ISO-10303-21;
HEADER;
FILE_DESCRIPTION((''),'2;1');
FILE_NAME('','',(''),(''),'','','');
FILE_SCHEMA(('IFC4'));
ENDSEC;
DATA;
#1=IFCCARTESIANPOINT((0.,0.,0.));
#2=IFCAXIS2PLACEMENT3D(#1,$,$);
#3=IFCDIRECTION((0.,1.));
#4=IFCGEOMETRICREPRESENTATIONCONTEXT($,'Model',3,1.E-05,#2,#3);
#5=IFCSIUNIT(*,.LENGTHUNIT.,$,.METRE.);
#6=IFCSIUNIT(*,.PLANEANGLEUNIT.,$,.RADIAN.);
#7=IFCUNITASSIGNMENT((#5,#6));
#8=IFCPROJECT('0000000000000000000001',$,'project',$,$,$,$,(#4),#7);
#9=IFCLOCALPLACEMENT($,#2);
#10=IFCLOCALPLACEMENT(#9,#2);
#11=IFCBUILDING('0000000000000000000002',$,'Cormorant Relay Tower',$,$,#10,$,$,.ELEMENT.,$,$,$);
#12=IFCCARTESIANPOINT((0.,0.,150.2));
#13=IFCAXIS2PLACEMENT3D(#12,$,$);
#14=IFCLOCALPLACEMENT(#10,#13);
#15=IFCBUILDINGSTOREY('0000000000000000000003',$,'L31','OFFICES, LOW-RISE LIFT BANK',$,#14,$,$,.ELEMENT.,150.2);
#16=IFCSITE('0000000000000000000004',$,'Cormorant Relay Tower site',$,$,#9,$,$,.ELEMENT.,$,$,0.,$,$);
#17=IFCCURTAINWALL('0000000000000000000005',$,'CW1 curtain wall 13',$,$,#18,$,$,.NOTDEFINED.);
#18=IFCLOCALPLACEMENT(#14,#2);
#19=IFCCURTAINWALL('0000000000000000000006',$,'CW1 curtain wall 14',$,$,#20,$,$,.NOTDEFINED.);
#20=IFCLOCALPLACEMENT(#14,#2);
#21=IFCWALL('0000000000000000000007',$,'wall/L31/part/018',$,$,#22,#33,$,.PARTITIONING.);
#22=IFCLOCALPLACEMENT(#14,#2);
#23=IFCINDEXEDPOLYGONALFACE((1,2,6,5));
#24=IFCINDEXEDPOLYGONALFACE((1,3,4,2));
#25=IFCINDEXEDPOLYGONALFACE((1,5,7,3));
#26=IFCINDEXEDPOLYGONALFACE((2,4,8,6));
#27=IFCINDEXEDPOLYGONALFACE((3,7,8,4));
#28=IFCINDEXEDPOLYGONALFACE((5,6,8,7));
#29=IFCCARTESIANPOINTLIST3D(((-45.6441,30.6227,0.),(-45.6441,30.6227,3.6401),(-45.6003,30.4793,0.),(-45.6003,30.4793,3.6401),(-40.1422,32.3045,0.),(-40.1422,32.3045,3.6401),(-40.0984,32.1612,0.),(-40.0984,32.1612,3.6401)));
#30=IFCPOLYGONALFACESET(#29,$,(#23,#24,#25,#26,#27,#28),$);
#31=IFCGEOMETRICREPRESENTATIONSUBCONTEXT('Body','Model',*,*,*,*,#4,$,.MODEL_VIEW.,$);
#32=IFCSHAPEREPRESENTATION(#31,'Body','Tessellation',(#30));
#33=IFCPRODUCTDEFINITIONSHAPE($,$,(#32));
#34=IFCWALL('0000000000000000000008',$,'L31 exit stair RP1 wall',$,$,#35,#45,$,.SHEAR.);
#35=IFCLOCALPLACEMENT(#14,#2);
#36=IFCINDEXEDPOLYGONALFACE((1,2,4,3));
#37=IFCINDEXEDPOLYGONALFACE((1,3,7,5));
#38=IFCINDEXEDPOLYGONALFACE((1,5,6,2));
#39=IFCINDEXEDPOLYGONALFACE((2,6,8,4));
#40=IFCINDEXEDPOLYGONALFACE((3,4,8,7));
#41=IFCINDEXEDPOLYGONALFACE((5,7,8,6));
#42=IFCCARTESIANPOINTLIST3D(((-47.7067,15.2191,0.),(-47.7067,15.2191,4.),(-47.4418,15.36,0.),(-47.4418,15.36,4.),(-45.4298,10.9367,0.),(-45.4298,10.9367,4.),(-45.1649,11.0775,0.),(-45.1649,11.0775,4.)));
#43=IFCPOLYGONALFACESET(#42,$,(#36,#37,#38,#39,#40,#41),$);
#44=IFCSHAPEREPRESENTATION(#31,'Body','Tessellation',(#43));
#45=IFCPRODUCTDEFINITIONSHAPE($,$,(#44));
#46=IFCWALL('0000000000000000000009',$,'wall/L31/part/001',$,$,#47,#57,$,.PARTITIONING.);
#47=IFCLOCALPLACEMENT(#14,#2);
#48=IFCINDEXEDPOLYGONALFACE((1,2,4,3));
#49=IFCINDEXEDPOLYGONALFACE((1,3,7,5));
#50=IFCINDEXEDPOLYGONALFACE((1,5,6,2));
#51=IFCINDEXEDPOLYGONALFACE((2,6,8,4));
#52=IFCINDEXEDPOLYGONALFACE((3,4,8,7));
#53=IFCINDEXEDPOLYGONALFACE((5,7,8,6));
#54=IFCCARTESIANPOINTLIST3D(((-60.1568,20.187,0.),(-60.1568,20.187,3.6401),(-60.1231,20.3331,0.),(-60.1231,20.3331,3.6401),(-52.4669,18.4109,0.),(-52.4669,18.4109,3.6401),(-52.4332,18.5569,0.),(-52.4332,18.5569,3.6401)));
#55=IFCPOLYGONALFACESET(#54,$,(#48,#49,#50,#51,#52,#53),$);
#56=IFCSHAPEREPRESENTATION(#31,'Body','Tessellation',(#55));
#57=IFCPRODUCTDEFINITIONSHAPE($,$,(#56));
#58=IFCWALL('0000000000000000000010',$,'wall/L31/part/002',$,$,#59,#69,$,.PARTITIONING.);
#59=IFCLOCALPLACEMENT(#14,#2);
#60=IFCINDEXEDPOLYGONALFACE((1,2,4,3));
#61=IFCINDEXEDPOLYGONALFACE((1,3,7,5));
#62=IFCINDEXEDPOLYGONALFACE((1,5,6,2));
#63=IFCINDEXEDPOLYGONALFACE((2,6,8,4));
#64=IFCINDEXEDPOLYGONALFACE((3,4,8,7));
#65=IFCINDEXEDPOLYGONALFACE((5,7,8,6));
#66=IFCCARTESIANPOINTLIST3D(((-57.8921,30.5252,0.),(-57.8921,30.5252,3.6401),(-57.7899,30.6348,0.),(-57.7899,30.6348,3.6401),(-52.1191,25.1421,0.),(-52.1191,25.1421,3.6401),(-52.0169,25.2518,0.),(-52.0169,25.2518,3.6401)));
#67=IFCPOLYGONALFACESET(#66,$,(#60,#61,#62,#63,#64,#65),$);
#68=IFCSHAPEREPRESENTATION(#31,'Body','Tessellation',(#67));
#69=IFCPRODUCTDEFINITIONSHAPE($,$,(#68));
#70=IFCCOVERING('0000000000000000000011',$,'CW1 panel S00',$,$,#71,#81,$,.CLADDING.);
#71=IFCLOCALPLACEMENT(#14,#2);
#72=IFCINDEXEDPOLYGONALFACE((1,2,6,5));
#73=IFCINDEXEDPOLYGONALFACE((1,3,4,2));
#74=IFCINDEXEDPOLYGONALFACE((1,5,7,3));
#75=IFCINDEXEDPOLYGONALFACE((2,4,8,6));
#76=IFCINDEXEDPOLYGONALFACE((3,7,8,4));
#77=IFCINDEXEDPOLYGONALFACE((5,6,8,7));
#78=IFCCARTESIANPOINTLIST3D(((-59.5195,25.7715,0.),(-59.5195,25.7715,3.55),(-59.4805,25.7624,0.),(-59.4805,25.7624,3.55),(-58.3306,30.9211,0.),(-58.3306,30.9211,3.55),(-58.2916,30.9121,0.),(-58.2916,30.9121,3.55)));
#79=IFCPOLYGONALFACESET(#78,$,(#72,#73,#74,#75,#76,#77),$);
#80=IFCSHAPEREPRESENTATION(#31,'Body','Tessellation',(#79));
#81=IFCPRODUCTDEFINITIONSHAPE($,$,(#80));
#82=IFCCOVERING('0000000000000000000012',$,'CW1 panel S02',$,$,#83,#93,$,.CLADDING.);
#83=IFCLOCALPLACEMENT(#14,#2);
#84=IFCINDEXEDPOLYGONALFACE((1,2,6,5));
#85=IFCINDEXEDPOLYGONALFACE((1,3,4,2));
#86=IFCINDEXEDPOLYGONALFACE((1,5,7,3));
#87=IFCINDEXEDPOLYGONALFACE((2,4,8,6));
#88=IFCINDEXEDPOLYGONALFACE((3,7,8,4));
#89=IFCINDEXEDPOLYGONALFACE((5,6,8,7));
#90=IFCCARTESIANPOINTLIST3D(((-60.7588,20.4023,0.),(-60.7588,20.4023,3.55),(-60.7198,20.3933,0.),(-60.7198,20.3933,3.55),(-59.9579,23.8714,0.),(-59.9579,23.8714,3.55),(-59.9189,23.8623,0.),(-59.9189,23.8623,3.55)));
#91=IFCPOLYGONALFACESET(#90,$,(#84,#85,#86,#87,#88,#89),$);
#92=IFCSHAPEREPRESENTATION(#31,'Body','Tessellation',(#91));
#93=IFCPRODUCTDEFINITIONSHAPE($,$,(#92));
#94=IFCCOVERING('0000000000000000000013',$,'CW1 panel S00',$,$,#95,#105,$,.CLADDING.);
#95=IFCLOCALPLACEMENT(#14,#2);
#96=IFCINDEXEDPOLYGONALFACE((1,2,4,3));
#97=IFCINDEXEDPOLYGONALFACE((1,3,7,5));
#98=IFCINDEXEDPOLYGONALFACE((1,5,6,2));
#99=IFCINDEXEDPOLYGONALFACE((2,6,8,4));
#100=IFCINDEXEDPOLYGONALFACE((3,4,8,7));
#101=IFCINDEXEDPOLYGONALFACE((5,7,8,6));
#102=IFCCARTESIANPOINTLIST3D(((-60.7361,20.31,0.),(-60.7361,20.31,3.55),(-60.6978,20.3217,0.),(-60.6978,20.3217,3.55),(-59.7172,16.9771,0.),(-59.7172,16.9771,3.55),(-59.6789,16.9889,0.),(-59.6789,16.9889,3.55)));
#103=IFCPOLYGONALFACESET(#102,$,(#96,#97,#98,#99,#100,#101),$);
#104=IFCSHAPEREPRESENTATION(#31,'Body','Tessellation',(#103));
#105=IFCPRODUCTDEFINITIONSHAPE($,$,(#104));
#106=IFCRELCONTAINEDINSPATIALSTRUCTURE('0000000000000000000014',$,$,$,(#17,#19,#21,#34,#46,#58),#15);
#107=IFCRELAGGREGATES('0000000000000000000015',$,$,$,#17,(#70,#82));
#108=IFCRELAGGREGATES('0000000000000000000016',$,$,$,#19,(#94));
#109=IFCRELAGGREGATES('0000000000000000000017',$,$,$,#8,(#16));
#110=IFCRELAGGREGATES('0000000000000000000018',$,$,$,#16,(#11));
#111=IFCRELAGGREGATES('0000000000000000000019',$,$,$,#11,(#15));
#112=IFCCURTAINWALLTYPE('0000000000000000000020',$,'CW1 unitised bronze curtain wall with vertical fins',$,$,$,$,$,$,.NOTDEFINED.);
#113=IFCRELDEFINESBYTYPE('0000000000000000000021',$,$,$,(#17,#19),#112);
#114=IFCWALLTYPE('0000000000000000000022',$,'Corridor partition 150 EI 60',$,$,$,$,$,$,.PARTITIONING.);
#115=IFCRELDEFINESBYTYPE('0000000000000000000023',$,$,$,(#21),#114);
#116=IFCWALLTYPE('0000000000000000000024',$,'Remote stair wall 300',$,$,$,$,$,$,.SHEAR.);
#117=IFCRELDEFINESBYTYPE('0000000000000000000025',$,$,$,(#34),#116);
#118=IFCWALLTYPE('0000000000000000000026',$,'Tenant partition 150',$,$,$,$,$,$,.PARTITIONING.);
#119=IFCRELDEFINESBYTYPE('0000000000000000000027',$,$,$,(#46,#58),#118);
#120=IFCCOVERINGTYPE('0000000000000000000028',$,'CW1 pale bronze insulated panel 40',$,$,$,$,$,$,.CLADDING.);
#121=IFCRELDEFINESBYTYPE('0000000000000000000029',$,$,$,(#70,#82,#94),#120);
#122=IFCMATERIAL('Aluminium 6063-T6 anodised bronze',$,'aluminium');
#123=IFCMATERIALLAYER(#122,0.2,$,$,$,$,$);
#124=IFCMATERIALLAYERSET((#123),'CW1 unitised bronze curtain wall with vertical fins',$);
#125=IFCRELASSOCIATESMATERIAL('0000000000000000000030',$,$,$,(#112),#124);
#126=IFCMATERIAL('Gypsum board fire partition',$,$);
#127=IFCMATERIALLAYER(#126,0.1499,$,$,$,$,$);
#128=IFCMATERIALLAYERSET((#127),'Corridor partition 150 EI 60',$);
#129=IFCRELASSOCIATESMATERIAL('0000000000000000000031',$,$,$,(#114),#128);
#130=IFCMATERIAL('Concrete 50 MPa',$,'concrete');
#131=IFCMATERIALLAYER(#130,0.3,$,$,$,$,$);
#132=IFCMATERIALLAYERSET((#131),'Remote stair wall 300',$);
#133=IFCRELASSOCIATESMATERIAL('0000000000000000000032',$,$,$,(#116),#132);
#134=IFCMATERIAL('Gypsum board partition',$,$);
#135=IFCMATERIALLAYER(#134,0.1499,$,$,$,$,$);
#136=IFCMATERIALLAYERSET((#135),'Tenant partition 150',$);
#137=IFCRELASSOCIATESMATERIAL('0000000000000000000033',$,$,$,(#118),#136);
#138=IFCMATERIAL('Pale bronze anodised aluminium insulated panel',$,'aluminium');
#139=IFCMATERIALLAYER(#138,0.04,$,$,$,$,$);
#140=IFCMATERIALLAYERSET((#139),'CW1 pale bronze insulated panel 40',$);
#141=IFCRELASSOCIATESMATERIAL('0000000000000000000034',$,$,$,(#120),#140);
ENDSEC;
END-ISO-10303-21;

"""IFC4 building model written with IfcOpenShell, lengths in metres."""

from ifc_helpers import new_model, si_unit, direction, frame, frame_2d, origin, origin_2d, place, context, subcontext, project, spatial, rectangle, extrude, material, layer, layer_set, type_object, element, aggregate, save


model = new_model("IFC4")

# Units and contexts
model_context = context("Model", 3, precision=1e-05, world=origin(), true_north=direction((0.0, 1.0)))
body_context = subcontext(model_context, "Body", "Model", "MODEL_VIEW")
ifc_project = project(units=[si_unit("LENGTHUNIT", "METRE"), si_unit("PLANEANGLEUNIT", "RADIAN")], contexts=[model_context])

# Site, building, storey
site_placement = place(None, origin())
site = spatial("IfcSite", under=ifc_project, at=site_placement, Name="Cormorant Relay Tower site", CompositionType="ELEMENT", RefElevation=0.0)
building_placement = place(site_placement, origin())
building = spatial("IfcBuilding", under=site, at=building_placement, Name="Cormorant Relay Tower", CompositionType="ELEMENT")
storey_placement = place(building_placement, frame((0.0, 0.0, 150.2)))
storey = spatial("IfcBuildingStorey", under=building, at=storey_placement, Name="L31", Description="OFFICES, LOW-RISE LIFT BANK", CompositionType="ELEMENT", Elevation=150.2)

# Curtain walls
ifc_material_1 = material(Name="Aluminium 6063-T6 anodised bronze", Category="aluminium")
ifc_layer_1 = layer(ifc_material_1, 0.2)
ifc_layer_set_1 = layer_set([ifc_layer_1], Name="CW1 unitised bronze curtain wall with vertical fins")
curtain_wall_type = type_object("IfcCurtainWallType", Name="CW1 unitised bronze curtain wall with vertical fins", PredefinedType="NOTDEFINED", material=ifc_layer_set_1)
curtain_wall_1_placement = place(storey_placement, origin())
curtain_wall_1 = element("IfcCurtainWall", 1, at=curtain_wall_1_placement, inside=storey, type_object=curtain_wall_type, Name="CW1 curtain wall 13", PredefinedType="NOTDEFINED")
curtain_wall_2_placement = place(storey_placement, origin())
curtain_wall_2 = element("IfcCurtainWall", 2, at=curtain_wall_2_placement, inside=storey, type_object=curtain_wall_type, Name="CW1 curtain wall 14", PredefinedType="NOTDEFINED")

# Shared definitions
ifc_material_2 = material(Name="Gypsum board fire partition")
ifc_layer_2 = layer(ifc_material_2, 0.1499)
ifc_layer_set_2 = layer_set([ifc_layer_2], Name="Corridor partition 150 EI 60")
wall_type_1 = type_object("IfcWallType", Name="Corridor partition 150 EI 60", PredefinedType="PARTITIONING", material=ifc_layer_set_2)

# Walls
wall_1_placement = place(storey_placement, frame((-45.6221, 30.551, 0.0), z_axis=(0.0, 0.0, 1.0), x_axis=(0.956316, 0.292335, 0.0)))
element("IfcWall", 3, at=wall_1_placement, inside=storey, type_object=wall_type_1, Name="wall/L31/part/018", PredefinedType="PARTITIONING", context=body_context, shape_type="SweptSolid", body=[
    extrude(rectangle(XDim=5.7532, YDim=0.1499, at=frame_2d((2.8765, 0.0))), origin(), (0.0, 0.0, 1.0), 3.6401),
])
ifc_material_3 = material(Name="Concrete 50 MPa", Category="concrete")
ifc_layer_3 = layer(ifc_material_3, 0.3)
ifc_layer_set_3 = layer_set([ifc_layer_3], Name="Remote stair wall 300")
wall_type_2 = type_object("IfcWallType", Name="Remote stair wall 300", PredefinedType="SHEAR", material=ifc_layer_set_3)
wall_2_placement = place(storey_placement, frame((-47.5742, 15.2896, 0.0), z_axis=(0.0, 0.0, 1.0), x_axis=(0.469443, -0.882963, 0.0)))
element("IfcWall", 4, at=wall_2_placement, inside=storey, type_object=wall_type_2, Name="L31 exit stair RP1 wall", PredefinedType="SHEAR", context=body_context, shape_type="SweptSolid", body=[
    extrude(rectangle(XDim=4.8501, YDim=0.3, at=frame_2d((2.425, 0.0))), origin(), (0.0, 0.0, 1.0), 4.0),
])
ifc_material_4 = material(Name="Gypsum board partition")
ifc_layer_4 = layer(ifc_material_4, 0.1499)
ifc_layer_set_4 = layer_set([ifc_layer_4], Name="Tenant partition 150")
wall_type_3 = type_object("IfcWallType", Name="Tenant partition 150", PredefinedType="PARTITIONING", material=ifc_layer_set_4)
wall_3_placement = place(storey_placement, frame((-52.45, 18.4839, 0.0), z_axis=(0.0, 0.0, 1.0), x_axis=(-0.974349, 0.225042, 0.0)))
element("IfcWall", 5, at=wall_3_placement, inside=storey, type_object=wall_type_3, Name="wall/L31/part/001", PredefinedType="PARTITIONING", context=body_context, shape_type="SweptSolid", body=[
    extrude(rectangle(XDim=7.8923, YDim=0.1499, at=frame_2d((3.9463, 0.0))), origin(), (0.0, 0.0, 1.0), 3.6401),
])
wall_4_placement = place(storey_placement, frame((-57.8411, 30.5801, 0.0), z_axis=(0.0, 0.0, 1.0), x_axis=(0.731373, -0.681978, 0.0)))
element("IfcWall", 6, at=wall_4_placement, inside=storey, type_object=wall_type_3, Name="wall/L31/part/002", PredefinedType="PARTITIONING", context=body_context, shape_type="SweptSolid", body=[
    extrude(rectangle(XDim=7.8933, YDim=0.1499, at=frame_2d((3.9468, 0.0))), origin(), (0.0, 0.0, 1.0), 3.6401),
])

# Coverings
ifc_material_5 = material(Name="Pale bronze anodised aluminium insulated panel", Category="aluminium")
ifc_layer_5 = layer(ifc_material_5, 0.04)
ifc_layer_set_5 = layer_set([ifc_layer_5], Name="CW1 pale bronze insulated panel 40")
covering_type = type_object("IfcCoveringType", Name="CW1 pale bronze insulated panel 40", PredefinedType="CLADDING", material=ifc_layer_set_5)
covering_1_placement = place(storey_placement, frame((-58.9055, 28.3418, 0.0), z_axis=(0.0, 0.0, 1.0), x_axis=(-0.224951, -0.97437, 0.0)))
covering_1 = element("IfcCovering", 7, at=covering_1_placement, type_object=covering_type, Name="CW1 panel S00", PredefinedType="CLADDING", context=body_context, shape_type="SweptSolid", body=[
    extrude(rectangle(XDim=5.2852, YDim=0.04, at=origin_2d()), origin(), (0.0, 0.0, 1.0), 3.55),
])
covering_2_placement = place(storey_placement, frame((-60.3389, 22.1323, 0.0), z_axis=(0.0, 0.0, 1.0), x_axis=(-0.224951, -0.97437, 0.0)))
covering_2 = element("IfcCovering", 8, at=covering_2_placement, type_object=covering_type, Name="CW1 panel S02", PredefinedType="CLADDING", context=body_context, shape_type="SweptSolid", body=[
    extrude(rectangle(XDim=3.5603, YDim=0.04, at=origin_2d()), origin(), (0.0, 0.0, 1.0), 3.55),
])
aggregate(curtain_wall_1, [covering_1, covering_2])
covering_3_placement = place(storey_placement, frame((-60.2075, 18.6494, 0.0), z_axis=(0.0, 0.0, 1.0), x_axis=(0.292372, -0.956305, 0.0)))
covering_3 = element("IfcCovering", 9, at=covering_3_placement, type_object=covering_type, Name="CW1 panel S00", PredefinedType="CLADDING", context=body_context, shape_type="SweptSolid", body=[
    extrude(rectangle(XDim=3.4851, YDim=0.04, at=origin_2d()), origin(), (0.0, 0.0, 1.0), 3.55),
])
aggregate(curtain_wall_2, [covering_3])

save(model, "model.ifc")
